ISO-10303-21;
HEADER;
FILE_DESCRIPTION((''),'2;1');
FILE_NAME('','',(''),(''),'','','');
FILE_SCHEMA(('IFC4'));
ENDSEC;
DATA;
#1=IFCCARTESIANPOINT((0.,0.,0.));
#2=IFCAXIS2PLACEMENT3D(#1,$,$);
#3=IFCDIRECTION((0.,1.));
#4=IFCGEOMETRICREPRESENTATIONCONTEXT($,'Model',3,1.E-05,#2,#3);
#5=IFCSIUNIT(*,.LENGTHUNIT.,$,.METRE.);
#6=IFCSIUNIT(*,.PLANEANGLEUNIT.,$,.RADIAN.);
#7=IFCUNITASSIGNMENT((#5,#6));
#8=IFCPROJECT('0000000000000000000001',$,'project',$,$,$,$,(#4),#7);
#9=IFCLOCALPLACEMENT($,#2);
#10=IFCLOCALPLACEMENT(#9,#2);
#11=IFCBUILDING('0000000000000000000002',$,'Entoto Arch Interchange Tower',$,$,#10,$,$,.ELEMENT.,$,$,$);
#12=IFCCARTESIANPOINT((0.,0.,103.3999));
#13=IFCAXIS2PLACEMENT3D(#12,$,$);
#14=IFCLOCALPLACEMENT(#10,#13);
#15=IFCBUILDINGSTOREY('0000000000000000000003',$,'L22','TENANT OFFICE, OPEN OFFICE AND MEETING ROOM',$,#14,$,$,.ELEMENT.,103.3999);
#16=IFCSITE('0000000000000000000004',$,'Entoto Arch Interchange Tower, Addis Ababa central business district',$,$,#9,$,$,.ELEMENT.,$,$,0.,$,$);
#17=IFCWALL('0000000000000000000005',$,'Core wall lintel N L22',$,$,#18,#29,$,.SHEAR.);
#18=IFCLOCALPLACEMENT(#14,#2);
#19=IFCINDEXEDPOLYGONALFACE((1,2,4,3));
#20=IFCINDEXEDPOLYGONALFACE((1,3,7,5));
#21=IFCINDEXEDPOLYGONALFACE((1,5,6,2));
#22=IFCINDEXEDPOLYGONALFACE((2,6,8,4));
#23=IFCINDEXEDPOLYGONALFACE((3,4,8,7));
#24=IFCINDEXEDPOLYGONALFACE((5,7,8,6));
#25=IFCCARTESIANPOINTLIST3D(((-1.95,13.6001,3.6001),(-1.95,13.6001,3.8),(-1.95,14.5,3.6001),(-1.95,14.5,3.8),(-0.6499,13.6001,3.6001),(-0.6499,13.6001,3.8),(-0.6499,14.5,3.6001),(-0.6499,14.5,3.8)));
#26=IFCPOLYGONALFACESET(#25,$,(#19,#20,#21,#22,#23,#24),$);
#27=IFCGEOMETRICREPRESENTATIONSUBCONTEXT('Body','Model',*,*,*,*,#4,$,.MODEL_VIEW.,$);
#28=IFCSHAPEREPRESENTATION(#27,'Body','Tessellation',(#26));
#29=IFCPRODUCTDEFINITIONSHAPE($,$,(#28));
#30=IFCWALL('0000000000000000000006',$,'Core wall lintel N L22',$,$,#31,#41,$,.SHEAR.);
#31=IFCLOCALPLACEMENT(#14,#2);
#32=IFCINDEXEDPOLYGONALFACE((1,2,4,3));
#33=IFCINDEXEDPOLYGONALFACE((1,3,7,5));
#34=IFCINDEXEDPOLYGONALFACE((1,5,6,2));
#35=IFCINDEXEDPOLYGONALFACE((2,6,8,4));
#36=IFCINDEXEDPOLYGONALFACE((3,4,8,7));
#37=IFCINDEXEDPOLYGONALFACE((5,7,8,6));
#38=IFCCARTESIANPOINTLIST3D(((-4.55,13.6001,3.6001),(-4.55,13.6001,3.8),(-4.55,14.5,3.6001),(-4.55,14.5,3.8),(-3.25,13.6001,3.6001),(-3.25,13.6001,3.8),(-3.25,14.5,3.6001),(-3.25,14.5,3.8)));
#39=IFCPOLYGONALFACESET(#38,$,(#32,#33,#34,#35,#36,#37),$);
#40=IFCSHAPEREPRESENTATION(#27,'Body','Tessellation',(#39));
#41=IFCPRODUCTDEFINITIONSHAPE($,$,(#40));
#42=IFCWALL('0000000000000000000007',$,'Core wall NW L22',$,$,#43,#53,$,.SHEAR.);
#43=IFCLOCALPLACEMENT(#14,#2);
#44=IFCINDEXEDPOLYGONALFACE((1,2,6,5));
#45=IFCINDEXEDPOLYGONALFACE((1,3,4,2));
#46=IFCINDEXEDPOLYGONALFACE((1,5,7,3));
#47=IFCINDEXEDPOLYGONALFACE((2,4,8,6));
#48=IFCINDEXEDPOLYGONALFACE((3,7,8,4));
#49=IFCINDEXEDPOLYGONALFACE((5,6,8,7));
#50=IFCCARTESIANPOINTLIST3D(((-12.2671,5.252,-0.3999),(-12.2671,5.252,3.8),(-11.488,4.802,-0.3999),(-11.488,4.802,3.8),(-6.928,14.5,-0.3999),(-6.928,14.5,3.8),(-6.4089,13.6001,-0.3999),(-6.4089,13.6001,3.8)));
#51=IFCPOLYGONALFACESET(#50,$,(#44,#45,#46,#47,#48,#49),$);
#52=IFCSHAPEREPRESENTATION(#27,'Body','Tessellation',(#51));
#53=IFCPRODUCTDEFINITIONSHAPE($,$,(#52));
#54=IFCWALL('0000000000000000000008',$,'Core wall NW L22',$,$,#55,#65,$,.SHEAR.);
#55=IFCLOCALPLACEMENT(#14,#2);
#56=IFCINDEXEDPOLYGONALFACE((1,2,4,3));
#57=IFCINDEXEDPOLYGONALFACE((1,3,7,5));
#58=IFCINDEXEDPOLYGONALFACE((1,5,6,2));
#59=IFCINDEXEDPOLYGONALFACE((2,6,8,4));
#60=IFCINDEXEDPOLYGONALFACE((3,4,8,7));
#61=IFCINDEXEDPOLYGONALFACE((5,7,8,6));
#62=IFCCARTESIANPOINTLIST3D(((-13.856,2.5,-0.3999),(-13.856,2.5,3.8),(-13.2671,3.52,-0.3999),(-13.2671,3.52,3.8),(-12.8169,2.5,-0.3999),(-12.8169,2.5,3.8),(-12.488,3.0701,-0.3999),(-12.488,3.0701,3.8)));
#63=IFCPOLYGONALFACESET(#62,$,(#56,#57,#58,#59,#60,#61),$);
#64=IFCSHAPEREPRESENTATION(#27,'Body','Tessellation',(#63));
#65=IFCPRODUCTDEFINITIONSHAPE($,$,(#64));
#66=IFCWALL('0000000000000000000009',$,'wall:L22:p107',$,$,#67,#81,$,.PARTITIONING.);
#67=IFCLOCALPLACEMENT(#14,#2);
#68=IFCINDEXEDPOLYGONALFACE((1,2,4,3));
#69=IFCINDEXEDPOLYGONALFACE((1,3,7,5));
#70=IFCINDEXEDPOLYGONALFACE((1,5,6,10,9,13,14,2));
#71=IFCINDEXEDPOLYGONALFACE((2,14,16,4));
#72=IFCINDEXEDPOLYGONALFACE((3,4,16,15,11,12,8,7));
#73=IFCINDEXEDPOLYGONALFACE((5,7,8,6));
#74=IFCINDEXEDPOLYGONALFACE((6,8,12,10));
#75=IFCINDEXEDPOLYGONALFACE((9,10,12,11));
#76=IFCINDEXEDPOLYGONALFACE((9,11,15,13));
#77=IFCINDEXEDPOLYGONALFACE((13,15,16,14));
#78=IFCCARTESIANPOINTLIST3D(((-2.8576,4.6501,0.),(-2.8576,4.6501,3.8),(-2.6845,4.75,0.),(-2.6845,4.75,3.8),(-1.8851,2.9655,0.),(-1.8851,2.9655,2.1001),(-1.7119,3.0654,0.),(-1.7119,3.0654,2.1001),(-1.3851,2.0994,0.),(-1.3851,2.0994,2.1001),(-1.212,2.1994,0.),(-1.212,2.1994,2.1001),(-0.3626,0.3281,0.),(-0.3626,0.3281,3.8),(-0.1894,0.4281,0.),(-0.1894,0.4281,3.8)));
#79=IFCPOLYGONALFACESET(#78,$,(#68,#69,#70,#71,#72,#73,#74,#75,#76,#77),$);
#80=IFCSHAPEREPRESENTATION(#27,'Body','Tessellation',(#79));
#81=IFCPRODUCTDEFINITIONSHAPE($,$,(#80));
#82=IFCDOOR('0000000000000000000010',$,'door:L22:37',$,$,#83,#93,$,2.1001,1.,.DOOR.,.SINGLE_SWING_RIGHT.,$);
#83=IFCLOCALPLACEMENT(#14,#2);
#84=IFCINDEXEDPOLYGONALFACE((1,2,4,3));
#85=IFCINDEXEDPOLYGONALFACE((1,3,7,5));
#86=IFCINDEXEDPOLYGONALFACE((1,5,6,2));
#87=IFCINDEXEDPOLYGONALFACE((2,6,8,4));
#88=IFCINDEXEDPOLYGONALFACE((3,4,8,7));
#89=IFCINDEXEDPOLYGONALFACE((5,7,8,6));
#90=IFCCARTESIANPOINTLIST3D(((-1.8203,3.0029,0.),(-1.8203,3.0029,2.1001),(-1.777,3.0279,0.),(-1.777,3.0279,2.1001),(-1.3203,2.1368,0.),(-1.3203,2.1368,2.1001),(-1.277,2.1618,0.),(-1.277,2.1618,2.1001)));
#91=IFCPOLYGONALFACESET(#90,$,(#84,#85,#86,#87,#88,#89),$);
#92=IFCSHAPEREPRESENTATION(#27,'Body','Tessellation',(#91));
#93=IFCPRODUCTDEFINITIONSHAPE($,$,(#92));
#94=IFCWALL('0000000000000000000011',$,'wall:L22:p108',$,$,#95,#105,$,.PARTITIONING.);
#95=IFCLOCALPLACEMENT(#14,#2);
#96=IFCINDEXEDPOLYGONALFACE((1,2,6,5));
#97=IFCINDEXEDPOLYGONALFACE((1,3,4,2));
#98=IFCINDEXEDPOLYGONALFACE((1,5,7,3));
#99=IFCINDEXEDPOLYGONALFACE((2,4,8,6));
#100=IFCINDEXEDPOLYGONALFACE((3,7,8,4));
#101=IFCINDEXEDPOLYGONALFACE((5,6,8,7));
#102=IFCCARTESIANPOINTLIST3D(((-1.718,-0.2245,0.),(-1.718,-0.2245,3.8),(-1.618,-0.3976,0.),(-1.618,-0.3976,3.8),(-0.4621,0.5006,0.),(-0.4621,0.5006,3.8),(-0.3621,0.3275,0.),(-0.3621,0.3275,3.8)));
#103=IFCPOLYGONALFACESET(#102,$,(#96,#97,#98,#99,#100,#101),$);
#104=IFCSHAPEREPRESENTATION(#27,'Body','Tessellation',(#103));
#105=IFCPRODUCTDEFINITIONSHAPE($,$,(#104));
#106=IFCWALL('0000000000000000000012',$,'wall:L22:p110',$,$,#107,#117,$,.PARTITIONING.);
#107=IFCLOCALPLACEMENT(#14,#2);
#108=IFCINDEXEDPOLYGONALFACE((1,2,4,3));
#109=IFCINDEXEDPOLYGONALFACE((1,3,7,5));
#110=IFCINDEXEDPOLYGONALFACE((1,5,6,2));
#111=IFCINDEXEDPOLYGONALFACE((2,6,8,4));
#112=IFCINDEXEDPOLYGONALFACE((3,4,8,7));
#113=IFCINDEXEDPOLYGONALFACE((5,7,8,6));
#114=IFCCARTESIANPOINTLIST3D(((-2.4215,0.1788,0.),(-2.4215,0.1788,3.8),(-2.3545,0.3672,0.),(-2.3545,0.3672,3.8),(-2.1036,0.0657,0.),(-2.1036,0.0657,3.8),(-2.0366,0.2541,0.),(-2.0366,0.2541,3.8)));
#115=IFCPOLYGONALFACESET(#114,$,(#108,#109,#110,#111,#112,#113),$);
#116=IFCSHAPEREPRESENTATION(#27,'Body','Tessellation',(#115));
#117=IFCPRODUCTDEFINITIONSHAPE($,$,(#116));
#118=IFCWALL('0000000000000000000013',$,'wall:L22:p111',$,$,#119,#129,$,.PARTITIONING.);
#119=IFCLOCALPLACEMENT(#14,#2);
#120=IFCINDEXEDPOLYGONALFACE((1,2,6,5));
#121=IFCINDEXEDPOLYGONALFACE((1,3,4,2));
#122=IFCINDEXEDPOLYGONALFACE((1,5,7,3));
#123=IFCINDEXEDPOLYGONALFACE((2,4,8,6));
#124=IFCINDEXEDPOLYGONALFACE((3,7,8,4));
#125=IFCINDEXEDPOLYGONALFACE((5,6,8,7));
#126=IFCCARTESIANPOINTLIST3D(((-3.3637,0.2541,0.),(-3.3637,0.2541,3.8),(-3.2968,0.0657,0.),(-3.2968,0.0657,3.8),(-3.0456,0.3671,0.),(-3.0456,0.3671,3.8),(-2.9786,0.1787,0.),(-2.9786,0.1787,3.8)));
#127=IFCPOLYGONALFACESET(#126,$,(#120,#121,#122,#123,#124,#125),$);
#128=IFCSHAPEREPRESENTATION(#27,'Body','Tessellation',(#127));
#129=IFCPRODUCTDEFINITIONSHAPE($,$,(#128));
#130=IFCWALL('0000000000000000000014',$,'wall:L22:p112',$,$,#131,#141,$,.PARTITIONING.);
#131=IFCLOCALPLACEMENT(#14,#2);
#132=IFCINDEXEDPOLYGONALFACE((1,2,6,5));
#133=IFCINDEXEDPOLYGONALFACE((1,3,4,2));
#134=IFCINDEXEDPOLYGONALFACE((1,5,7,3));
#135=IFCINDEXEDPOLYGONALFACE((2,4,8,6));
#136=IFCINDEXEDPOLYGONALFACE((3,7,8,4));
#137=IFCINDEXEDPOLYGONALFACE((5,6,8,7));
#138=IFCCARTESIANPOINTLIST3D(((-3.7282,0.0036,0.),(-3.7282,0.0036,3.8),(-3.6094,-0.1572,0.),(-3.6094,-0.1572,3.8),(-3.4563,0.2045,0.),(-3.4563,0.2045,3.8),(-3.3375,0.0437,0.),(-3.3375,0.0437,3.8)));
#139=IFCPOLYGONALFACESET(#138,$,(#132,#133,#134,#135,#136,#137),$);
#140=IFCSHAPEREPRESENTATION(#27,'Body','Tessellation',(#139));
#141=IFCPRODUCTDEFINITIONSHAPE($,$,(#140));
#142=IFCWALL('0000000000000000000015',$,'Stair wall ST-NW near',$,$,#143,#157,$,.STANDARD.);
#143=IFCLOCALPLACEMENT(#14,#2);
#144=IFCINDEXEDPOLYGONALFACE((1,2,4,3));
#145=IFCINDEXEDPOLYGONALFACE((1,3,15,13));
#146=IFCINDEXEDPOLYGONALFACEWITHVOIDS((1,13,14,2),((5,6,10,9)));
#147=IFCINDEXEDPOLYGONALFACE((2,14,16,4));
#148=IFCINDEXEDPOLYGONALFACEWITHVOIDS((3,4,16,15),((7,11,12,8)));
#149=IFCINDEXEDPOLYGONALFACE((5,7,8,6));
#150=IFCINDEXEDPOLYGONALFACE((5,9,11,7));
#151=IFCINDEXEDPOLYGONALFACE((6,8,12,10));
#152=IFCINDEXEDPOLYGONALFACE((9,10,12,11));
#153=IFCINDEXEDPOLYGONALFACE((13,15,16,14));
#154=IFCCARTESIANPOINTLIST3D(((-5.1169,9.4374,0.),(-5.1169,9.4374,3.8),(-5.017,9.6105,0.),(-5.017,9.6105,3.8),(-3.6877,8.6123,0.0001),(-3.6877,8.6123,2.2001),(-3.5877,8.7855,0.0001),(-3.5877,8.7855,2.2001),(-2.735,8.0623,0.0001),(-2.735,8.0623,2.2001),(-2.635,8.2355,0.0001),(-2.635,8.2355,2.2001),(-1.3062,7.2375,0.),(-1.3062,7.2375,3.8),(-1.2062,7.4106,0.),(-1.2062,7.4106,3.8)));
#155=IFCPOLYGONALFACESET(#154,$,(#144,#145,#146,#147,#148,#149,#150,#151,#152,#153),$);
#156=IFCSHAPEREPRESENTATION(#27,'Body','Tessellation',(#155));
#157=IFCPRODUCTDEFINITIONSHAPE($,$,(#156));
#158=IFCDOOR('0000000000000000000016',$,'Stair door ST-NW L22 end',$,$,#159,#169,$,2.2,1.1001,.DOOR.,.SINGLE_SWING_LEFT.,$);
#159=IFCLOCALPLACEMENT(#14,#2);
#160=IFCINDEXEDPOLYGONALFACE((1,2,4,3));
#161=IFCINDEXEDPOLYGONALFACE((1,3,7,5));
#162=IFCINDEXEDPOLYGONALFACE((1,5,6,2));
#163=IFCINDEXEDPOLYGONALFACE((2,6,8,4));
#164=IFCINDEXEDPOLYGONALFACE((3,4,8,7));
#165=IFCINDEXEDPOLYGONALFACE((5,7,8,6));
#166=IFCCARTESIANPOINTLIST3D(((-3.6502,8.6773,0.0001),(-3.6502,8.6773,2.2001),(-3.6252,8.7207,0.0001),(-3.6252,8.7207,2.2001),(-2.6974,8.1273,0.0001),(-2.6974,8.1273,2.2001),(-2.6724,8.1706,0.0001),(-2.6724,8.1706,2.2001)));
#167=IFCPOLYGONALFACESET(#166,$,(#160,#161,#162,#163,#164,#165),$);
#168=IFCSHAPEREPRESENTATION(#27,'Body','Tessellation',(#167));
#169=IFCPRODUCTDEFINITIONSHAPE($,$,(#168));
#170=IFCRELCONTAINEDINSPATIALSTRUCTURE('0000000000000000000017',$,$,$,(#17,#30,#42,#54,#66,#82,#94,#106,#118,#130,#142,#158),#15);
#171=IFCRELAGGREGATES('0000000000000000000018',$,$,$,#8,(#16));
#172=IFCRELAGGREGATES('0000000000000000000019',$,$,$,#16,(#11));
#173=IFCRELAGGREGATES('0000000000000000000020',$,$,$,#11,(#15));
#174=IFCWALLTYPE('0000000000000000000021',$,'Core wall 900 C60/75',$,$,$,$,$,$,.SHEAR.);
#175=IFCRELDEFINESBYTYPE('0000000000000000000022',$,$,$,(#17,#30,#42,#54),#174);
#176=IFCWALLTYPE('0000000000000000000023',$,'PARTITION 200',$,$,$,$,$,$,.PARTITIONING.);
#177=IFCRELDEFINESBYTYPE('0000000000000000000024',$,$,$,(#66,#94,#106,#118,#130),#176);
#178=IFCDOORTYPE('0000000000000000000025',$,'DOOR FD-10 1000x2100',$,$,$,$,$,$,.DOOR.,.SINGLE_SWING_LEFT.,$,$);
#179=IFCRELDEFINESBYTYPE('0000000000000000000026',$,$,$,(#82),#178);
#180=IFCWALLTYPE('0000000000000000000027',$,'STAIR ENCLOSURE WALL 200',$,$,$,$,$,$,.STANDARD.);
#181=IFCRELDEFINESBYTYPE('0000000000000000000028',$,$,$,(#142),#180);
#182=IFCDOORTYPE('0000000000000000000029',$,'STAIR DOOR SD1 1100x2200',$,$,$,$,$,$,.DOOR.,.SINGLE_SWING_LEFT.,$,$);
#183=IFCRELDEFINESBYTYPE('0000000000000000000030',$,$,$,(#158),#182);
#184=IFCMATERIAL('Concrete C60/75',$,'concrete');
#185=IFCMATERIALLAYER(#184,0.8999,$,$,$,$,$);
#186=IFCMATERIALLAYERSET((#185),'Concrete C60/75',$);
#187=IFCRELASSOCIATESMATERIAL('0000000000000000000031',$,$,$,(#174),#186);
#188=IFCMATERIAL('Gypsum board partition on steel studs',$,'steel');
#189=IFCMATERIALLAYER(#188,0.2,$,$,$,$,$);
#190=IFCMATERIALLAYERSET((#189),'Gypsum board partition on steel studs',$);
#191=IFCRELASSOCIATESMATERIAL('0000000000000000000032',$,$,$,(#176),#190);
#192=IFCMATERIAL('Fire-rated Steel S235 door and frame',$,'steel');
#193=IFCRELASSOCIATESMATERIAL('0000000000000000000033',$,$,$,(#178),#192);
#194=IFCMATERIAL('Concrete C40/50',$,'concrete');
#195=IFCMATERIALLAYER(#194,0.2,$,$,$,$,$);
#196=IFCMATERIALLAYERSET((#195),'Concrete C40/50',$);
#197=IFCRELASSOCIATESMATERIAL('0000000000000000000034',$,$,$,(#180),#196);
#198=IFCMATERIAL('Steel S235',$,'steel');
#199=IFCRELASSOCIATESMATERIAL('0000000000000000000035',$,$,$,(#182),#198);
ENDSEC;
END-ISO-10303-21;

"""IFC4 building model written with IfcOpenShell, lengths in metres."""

from ifc_helpers import new_model, si_unit, direction, frame, frame_2d, origin, place, context, subcontext, project, spatial, polyline, rectangle, outline, extrude, material, layer, layer_set, type_object, element, fill, save


model = new_model("IFC4")

# Units and contexts
model_context = context("Model", 3, precision=1e-05, world=origin(), true_north=direction((0.0, 1.0)))
body_context = subcontext(model_context, "Body", "Model", "MODEL_VIEW")
ifc_project = project(units=[si_unit("LENGTHUNIT", "METRE"), si_unit("PLANEANGLEUNIT", "RADIAN")], contexts=[model_context])

# Site, building, storey
site_placement = place(None, origin())
site = spatial("IfcSite", under=ifc_project, at=site_placement, Name="Entoto Arch Interchange Tower, Addis Ababa central business district", CompositionType="ELEMENT", RefElevation=0.0)
building_placement = place(site_placement, origin())
building = spatial("IfcBuilding", under=site, at=building_placement, Name="Entoto Arch Interchange Tower", CompositionType="ELEMENT")
storey_placement = place(building_placement, frame((0.0, 0.0, 103.3999)))
storey = spatial("IfcBuildingStorey", under=building, at=storey_placement, Name="L22", Description="TENANT OFFICE, OPEN OFFICE AND MEETING ROOM", CompositionType="ELEMENT", Elevation=103.3999)

# Shared definitions
ifc_material_1 = material(Name="Concrete C40/50", Category="concrete")

# Walls
ifc_material_2 = material(Name="Concrete C60/75", Category="concrete")
ifc_layer_1 = layer(ifc_material_2, 0.8999)
ifc_layer_set_1 = layer_set([ifc_layer_1], Name="Concrete C60/75")
wall_type_1 = type_object("IfcWallType", Name="Core wall 900 C60/75", PredefinedType="SHEAR", material=ifc_layer_set_1)
wall_1_placement = place(storey_placement, frame((0.0, 0.0, 3.6001)))
element("IfcWall", 1, at=wall_1_placement, inside=storey, type_object=wall_type_1, Name="Core wall lintel N L22", PredefinedType="SHEAR", context=body_context, shape_type="SweptSolid", body=[
    extrude(outline(polyline([(-1.95, 14.5), (-1.95, 13.6001), (-0.6499, 13.6001), (-0.6499, 14.5), (-1.95, 14.5)])), origin(), (0.0, 0.0, 1.0), 0.2),
])
wall_2_placement = place(storey_placement, frame((0.0, 0.0, 3.6001)))
element("IfcWall", 2, at=wall_2_placement, inside=storey, type_object=wall_type_1, Name="Core wall lintel N L22", PredefinedType="SHEAR", context=body_context, shape_type="SweptSolid", body=[
    extrude(outline(polyline([(-4.55, 14.5), (-4.55, 13.6001), (-3.25, 13.6001), (-3.25, 14.5), (-4.55, 14.5)])), origin(), (0.0, 0.0, 1.0), 0.2),
])
wall_3_placement = place(storey_placement, frame((0.0, 0.0, -0.3999)))
element("IfcWall", 3, at=wall_3_placement, inside=storey, type_object=wall_type_1, Name="Core wall NW L22", PredefinedType="SHEAR", context=body_context, shape_type="SweptSolid", body=[
    extrude(outline(polyline([(-12.2671, 5.252), (-11.488, 4.802), (-6.4089, 13.6001), (-6.928, 14.5), (-12.2671, 5.252)])), origin(), (0.0, 0.0, 1.0), 4.2),
])
wall_4_placement = place(storey_placement, frame((0.0, 0.0, -0.3999)))
element("IfcWall", 4, at=wall_4_placement, inside=storey, type_object=wall_type_1, Name="Core wall NW L22", PredefinedType="SHEAR", context=body_context, shape_type="SweptSolid", body=[
    extrude(outline(polyline([(-12.488, 3.0701), (-13.2671, 3.52), (-13.856, 2.5), (-12.8169, 2.5), (-12.488, 3.0701)])), origin(), (0.0, 0.0, 1.0), 4.2),
])

# Wall, opening, door
ifc_material_3 = material(Name="Gypsum board partition on steel studs", Category="steel")
ifc_layer_2 = layer(ifc_material_3, 0.2)
ifc_layer_set_2 = layer_set([ifc_layer_2], Name="Gypsum board partition on steel studs")
wall_type_2 = type_object("IfcWallType", Name="PARTITION 200", PredefinedType="PARTITIONING", material=ifc_layer_set_2)
wall_5_placement = place(storey_placement, frame((-2.771, 4.7, 0.0), z_axis=(0.0, 0.0, 1.0), x_axis=(0.499969, -0.866043, 0.0)))
wall_5 = element("IfcWall", 5, at=wall_5_placement, inside=storey, type_object=wall_type_2, Name="wall:L22:p107", PredefinedType="PARTITIONING", context=body_context, shape_type="SweptSolid", body=[
    extrude(rectangle(XDim=4.9905, YDim=0.2, at=frame_2d((2.4951, 0.0))), origin(), (0.0, 0.0, 1.0), 3.8),
])
opening_1_placement = place(wall_5_placement, frame((1.9451, 0.0, 0.0)))
opening_1 = element("IfcOpeningElement", 6, at=opening_1_placement, cuts=wall_5, PredefinedType="OPENING", context=body_context, shape_type="SweptSolid", body=[
    extrude(rectangle(XDim=1.0, YDim=2.1001, at=frame_2d((0.5, 1.05))), frame((0.0, 0.1099, 0.0), z_axis=(0.0, -1.0, 0.0), x_axis=(1.0, 0.0, 0.0)), (0.0, 0.0, 1.0), 0.22),
])
ifc_material_4 = material(Name="Fire-rated Steel S235 door and frame", Category="steel")
door_type_1 = type_object("IfcDoorType", Name="DOOR FD-10 1000x2100", OperationType="SINGLE_SWING_LEFT", PredefinedType="DOOR", material=ifc_material_4)
door_1_placement = place(opening_1_placement, origin())
door_1 = element("IfcDoor", 7, at=door_1_placement, inside=storey, type_object=door_type_1, Name="door:L22:37", OperationType="SINGLE_SWING_RIGHT", OverallHeight=2.1001, OverallWidth=1.0, PredefinedType="DOOR", context=body_context, shape_type="SweptSolid", body=[
    extrude(rectangle(XDim=1.0, YDim=2.1001, at=frame_2d((0.5, 1.05))), frame((0.0, 0.0249, 0.0), z_axis=(0.0, -1.0, 0.0), x_axis=(1.0, 0.0, 0.0)), (0.0, 0.0, 1.0), 0.05),
])
fill(opening_1, door_1)

# Walls
wall_6_placement = place(storey_placement, frame((-0.4121, 0.4141, 0.0), z_axis=(0.0, 0.0, 1.0), x_axis=(-0.866017, -0.500014, 0.0)))
element("IfcWall", 8, at=wall_6_placement, inside=storey, type_object=wall_type_2, Name="wall:L22:p108", PredefinedType="PARTITIONING", context=body_context, shape_type="SweptSolid", body=[
    extrude(rectangle(XDim=1.4502, YDim=0.2, at=frame_2d((0.7251, 0.0))), origin(), (0.0, 0.0, 1.0), 3.8),
])
wall_7_placement = place(storey_placement, frame((-2.0701, 0.1599, 0.0), z_axis=(0.0, 0.0, 1.0), x_axis=(-0.942199, 0.335052, 0.0)))
element("IfcWall", 9, at=wall_7_placement, inside=storey, type_object=wall_type_2, Name="wall:L22:p110", PredefinedType="PARTITIONING", context=body_context, shape_type="SweptSolid", body=[
    extrude(rectangle(XDim=0.3374, YDim=0.2, at=frame_2d((0.1687, 0.0))), origin(), (0.0, 0.0, 1.0), 3.8),
])
wall_8_placement = place(storey_placement, frame((-3.012, 0.2729, 0.0), z_axis=(0.0, 0.0, 1.0), x_axis=(-0.942281, -0.334824, 0.0)))
element("IfcWall", 10, at=wall_8_placement, inside=storey, type_object=wall_type_2, Name="wall:L22:p111", PredefinedType="PARTITIONING", context=body_context, shape_type="SweptSolid", body=[
    extrude(rectangle(XDim=0.3376, YDim=0.2, at=frame_2d((0.1689, 0.0))), origin(), (0.0, 0.0, 1.0), 3.8),
])
wall_9_placement = place(storey_placement, frame((-3.397, 0.124, 0.0), z_axis=(0.0, 0.0, 1.0), x_axis=(-0.804311, -0.594208, 0.0)))
element("IfcWall", 11, at=wall_9_placement, inside=storey, type_object=wall_type_2, Name="wall:L22:p112", PredefinedType="PARTITIONING", context=body_context, shape_type="SweptSolid", body=[
    extrude(rectangle(XDim=0.3381, YDim=0.2, at=frame_2d((0.1689, 0.0))), origin(), (0.0, 0.0, 1.0), 3.8),
])

# Wall, opening, door
ifc_layer_3 = layer(ifc_material_1, 0.2)
ifc_layer_set_3 = layer_set([ifc_layer_3], Name="Concrete C40/50")
wall_type_3 = type_object("IfcWallType", Name="STAIR ENCLOSURE WALL 200", PredefinedType="STANDARD", material=ifc_layer_set_3)
wall_10_placement = place(storey_placement, frame((-1.2561, 7.324, 0.0), z_axis=(0.0, 0.0, 1.0), x_axis=(-0.866046, 0.499964, 0.0)))
wall_10 = element("IfcWall", 12, at=wall_10_placement, inside=storey, type_object=wall_type_3, Name="Stair wall ST-NW near", PredefinedType="STANDARD", context=body_context, shape_type="SweptSolid", body=[
    extrude(rectangle(XDim=4.4001, YDim=0.2, at=frame_2d((2.2002, 0.0))), origin(), (0.0, 0.0, 1.0), 3.8),
])
opening_2_placement = place(wall_10_placement, frame((1.6499, 0.0, 0.0)))
opening_2 = element("IfcOpeningElement", 13, at=opening_2_placement, cuts=wall_10, PredefinedType="OPENING", context=body_context, shape_type="SweptSolid", body=[
    extrude(rectangle(XDim=1.1001, YDim=2.2, at=frame_2d((0.55, 1.1001))), frame((0.0, 0.1099, 0.0), z_axis=(0.0, -1.0, 0.0), x_axis=(1.0, 0.0, 0.0)), (0.0, 0.0, 1.0), 0.22),
])
ifc_material_5 = material(Name="Steel S235", Category="steel")
door_type_2 = type_object("IfcDoorType", Name="STAIR DOOR SD1 1100x2200", OperationType="SINGLE_SWING_LEFT", PredefinedType="DOOR", material=ifc_material_5)
door_2_placement = place(opening_2_placement, origin())
door_2 = element("IfcDoor", 14, at=door_2_placement, inside=storey, type_object=door_type_2, Name="Stair door ST-NW L22 end", OperationType="SINGLE_SWING_LEFT", OverallHeight=2.2, OverallWidth=1.1001, PredefinedType="DOOR", context=body_context, shape_type="SweptSolid", body=[
    extrude(rectangle(XDim=1.1001, YDim=2.2, at=frame_2d((0.55, 1.1001))), frame((0.0, 0.0249, 0.0), z_axis=(0.0, -1.0, 0.0), x_axis=(1.0, 0.0, 0.0)), (0.0, 0.0, 1.0), 0.05),
])
fill(opening_2, door_2)

save(model, "model.ifc")
